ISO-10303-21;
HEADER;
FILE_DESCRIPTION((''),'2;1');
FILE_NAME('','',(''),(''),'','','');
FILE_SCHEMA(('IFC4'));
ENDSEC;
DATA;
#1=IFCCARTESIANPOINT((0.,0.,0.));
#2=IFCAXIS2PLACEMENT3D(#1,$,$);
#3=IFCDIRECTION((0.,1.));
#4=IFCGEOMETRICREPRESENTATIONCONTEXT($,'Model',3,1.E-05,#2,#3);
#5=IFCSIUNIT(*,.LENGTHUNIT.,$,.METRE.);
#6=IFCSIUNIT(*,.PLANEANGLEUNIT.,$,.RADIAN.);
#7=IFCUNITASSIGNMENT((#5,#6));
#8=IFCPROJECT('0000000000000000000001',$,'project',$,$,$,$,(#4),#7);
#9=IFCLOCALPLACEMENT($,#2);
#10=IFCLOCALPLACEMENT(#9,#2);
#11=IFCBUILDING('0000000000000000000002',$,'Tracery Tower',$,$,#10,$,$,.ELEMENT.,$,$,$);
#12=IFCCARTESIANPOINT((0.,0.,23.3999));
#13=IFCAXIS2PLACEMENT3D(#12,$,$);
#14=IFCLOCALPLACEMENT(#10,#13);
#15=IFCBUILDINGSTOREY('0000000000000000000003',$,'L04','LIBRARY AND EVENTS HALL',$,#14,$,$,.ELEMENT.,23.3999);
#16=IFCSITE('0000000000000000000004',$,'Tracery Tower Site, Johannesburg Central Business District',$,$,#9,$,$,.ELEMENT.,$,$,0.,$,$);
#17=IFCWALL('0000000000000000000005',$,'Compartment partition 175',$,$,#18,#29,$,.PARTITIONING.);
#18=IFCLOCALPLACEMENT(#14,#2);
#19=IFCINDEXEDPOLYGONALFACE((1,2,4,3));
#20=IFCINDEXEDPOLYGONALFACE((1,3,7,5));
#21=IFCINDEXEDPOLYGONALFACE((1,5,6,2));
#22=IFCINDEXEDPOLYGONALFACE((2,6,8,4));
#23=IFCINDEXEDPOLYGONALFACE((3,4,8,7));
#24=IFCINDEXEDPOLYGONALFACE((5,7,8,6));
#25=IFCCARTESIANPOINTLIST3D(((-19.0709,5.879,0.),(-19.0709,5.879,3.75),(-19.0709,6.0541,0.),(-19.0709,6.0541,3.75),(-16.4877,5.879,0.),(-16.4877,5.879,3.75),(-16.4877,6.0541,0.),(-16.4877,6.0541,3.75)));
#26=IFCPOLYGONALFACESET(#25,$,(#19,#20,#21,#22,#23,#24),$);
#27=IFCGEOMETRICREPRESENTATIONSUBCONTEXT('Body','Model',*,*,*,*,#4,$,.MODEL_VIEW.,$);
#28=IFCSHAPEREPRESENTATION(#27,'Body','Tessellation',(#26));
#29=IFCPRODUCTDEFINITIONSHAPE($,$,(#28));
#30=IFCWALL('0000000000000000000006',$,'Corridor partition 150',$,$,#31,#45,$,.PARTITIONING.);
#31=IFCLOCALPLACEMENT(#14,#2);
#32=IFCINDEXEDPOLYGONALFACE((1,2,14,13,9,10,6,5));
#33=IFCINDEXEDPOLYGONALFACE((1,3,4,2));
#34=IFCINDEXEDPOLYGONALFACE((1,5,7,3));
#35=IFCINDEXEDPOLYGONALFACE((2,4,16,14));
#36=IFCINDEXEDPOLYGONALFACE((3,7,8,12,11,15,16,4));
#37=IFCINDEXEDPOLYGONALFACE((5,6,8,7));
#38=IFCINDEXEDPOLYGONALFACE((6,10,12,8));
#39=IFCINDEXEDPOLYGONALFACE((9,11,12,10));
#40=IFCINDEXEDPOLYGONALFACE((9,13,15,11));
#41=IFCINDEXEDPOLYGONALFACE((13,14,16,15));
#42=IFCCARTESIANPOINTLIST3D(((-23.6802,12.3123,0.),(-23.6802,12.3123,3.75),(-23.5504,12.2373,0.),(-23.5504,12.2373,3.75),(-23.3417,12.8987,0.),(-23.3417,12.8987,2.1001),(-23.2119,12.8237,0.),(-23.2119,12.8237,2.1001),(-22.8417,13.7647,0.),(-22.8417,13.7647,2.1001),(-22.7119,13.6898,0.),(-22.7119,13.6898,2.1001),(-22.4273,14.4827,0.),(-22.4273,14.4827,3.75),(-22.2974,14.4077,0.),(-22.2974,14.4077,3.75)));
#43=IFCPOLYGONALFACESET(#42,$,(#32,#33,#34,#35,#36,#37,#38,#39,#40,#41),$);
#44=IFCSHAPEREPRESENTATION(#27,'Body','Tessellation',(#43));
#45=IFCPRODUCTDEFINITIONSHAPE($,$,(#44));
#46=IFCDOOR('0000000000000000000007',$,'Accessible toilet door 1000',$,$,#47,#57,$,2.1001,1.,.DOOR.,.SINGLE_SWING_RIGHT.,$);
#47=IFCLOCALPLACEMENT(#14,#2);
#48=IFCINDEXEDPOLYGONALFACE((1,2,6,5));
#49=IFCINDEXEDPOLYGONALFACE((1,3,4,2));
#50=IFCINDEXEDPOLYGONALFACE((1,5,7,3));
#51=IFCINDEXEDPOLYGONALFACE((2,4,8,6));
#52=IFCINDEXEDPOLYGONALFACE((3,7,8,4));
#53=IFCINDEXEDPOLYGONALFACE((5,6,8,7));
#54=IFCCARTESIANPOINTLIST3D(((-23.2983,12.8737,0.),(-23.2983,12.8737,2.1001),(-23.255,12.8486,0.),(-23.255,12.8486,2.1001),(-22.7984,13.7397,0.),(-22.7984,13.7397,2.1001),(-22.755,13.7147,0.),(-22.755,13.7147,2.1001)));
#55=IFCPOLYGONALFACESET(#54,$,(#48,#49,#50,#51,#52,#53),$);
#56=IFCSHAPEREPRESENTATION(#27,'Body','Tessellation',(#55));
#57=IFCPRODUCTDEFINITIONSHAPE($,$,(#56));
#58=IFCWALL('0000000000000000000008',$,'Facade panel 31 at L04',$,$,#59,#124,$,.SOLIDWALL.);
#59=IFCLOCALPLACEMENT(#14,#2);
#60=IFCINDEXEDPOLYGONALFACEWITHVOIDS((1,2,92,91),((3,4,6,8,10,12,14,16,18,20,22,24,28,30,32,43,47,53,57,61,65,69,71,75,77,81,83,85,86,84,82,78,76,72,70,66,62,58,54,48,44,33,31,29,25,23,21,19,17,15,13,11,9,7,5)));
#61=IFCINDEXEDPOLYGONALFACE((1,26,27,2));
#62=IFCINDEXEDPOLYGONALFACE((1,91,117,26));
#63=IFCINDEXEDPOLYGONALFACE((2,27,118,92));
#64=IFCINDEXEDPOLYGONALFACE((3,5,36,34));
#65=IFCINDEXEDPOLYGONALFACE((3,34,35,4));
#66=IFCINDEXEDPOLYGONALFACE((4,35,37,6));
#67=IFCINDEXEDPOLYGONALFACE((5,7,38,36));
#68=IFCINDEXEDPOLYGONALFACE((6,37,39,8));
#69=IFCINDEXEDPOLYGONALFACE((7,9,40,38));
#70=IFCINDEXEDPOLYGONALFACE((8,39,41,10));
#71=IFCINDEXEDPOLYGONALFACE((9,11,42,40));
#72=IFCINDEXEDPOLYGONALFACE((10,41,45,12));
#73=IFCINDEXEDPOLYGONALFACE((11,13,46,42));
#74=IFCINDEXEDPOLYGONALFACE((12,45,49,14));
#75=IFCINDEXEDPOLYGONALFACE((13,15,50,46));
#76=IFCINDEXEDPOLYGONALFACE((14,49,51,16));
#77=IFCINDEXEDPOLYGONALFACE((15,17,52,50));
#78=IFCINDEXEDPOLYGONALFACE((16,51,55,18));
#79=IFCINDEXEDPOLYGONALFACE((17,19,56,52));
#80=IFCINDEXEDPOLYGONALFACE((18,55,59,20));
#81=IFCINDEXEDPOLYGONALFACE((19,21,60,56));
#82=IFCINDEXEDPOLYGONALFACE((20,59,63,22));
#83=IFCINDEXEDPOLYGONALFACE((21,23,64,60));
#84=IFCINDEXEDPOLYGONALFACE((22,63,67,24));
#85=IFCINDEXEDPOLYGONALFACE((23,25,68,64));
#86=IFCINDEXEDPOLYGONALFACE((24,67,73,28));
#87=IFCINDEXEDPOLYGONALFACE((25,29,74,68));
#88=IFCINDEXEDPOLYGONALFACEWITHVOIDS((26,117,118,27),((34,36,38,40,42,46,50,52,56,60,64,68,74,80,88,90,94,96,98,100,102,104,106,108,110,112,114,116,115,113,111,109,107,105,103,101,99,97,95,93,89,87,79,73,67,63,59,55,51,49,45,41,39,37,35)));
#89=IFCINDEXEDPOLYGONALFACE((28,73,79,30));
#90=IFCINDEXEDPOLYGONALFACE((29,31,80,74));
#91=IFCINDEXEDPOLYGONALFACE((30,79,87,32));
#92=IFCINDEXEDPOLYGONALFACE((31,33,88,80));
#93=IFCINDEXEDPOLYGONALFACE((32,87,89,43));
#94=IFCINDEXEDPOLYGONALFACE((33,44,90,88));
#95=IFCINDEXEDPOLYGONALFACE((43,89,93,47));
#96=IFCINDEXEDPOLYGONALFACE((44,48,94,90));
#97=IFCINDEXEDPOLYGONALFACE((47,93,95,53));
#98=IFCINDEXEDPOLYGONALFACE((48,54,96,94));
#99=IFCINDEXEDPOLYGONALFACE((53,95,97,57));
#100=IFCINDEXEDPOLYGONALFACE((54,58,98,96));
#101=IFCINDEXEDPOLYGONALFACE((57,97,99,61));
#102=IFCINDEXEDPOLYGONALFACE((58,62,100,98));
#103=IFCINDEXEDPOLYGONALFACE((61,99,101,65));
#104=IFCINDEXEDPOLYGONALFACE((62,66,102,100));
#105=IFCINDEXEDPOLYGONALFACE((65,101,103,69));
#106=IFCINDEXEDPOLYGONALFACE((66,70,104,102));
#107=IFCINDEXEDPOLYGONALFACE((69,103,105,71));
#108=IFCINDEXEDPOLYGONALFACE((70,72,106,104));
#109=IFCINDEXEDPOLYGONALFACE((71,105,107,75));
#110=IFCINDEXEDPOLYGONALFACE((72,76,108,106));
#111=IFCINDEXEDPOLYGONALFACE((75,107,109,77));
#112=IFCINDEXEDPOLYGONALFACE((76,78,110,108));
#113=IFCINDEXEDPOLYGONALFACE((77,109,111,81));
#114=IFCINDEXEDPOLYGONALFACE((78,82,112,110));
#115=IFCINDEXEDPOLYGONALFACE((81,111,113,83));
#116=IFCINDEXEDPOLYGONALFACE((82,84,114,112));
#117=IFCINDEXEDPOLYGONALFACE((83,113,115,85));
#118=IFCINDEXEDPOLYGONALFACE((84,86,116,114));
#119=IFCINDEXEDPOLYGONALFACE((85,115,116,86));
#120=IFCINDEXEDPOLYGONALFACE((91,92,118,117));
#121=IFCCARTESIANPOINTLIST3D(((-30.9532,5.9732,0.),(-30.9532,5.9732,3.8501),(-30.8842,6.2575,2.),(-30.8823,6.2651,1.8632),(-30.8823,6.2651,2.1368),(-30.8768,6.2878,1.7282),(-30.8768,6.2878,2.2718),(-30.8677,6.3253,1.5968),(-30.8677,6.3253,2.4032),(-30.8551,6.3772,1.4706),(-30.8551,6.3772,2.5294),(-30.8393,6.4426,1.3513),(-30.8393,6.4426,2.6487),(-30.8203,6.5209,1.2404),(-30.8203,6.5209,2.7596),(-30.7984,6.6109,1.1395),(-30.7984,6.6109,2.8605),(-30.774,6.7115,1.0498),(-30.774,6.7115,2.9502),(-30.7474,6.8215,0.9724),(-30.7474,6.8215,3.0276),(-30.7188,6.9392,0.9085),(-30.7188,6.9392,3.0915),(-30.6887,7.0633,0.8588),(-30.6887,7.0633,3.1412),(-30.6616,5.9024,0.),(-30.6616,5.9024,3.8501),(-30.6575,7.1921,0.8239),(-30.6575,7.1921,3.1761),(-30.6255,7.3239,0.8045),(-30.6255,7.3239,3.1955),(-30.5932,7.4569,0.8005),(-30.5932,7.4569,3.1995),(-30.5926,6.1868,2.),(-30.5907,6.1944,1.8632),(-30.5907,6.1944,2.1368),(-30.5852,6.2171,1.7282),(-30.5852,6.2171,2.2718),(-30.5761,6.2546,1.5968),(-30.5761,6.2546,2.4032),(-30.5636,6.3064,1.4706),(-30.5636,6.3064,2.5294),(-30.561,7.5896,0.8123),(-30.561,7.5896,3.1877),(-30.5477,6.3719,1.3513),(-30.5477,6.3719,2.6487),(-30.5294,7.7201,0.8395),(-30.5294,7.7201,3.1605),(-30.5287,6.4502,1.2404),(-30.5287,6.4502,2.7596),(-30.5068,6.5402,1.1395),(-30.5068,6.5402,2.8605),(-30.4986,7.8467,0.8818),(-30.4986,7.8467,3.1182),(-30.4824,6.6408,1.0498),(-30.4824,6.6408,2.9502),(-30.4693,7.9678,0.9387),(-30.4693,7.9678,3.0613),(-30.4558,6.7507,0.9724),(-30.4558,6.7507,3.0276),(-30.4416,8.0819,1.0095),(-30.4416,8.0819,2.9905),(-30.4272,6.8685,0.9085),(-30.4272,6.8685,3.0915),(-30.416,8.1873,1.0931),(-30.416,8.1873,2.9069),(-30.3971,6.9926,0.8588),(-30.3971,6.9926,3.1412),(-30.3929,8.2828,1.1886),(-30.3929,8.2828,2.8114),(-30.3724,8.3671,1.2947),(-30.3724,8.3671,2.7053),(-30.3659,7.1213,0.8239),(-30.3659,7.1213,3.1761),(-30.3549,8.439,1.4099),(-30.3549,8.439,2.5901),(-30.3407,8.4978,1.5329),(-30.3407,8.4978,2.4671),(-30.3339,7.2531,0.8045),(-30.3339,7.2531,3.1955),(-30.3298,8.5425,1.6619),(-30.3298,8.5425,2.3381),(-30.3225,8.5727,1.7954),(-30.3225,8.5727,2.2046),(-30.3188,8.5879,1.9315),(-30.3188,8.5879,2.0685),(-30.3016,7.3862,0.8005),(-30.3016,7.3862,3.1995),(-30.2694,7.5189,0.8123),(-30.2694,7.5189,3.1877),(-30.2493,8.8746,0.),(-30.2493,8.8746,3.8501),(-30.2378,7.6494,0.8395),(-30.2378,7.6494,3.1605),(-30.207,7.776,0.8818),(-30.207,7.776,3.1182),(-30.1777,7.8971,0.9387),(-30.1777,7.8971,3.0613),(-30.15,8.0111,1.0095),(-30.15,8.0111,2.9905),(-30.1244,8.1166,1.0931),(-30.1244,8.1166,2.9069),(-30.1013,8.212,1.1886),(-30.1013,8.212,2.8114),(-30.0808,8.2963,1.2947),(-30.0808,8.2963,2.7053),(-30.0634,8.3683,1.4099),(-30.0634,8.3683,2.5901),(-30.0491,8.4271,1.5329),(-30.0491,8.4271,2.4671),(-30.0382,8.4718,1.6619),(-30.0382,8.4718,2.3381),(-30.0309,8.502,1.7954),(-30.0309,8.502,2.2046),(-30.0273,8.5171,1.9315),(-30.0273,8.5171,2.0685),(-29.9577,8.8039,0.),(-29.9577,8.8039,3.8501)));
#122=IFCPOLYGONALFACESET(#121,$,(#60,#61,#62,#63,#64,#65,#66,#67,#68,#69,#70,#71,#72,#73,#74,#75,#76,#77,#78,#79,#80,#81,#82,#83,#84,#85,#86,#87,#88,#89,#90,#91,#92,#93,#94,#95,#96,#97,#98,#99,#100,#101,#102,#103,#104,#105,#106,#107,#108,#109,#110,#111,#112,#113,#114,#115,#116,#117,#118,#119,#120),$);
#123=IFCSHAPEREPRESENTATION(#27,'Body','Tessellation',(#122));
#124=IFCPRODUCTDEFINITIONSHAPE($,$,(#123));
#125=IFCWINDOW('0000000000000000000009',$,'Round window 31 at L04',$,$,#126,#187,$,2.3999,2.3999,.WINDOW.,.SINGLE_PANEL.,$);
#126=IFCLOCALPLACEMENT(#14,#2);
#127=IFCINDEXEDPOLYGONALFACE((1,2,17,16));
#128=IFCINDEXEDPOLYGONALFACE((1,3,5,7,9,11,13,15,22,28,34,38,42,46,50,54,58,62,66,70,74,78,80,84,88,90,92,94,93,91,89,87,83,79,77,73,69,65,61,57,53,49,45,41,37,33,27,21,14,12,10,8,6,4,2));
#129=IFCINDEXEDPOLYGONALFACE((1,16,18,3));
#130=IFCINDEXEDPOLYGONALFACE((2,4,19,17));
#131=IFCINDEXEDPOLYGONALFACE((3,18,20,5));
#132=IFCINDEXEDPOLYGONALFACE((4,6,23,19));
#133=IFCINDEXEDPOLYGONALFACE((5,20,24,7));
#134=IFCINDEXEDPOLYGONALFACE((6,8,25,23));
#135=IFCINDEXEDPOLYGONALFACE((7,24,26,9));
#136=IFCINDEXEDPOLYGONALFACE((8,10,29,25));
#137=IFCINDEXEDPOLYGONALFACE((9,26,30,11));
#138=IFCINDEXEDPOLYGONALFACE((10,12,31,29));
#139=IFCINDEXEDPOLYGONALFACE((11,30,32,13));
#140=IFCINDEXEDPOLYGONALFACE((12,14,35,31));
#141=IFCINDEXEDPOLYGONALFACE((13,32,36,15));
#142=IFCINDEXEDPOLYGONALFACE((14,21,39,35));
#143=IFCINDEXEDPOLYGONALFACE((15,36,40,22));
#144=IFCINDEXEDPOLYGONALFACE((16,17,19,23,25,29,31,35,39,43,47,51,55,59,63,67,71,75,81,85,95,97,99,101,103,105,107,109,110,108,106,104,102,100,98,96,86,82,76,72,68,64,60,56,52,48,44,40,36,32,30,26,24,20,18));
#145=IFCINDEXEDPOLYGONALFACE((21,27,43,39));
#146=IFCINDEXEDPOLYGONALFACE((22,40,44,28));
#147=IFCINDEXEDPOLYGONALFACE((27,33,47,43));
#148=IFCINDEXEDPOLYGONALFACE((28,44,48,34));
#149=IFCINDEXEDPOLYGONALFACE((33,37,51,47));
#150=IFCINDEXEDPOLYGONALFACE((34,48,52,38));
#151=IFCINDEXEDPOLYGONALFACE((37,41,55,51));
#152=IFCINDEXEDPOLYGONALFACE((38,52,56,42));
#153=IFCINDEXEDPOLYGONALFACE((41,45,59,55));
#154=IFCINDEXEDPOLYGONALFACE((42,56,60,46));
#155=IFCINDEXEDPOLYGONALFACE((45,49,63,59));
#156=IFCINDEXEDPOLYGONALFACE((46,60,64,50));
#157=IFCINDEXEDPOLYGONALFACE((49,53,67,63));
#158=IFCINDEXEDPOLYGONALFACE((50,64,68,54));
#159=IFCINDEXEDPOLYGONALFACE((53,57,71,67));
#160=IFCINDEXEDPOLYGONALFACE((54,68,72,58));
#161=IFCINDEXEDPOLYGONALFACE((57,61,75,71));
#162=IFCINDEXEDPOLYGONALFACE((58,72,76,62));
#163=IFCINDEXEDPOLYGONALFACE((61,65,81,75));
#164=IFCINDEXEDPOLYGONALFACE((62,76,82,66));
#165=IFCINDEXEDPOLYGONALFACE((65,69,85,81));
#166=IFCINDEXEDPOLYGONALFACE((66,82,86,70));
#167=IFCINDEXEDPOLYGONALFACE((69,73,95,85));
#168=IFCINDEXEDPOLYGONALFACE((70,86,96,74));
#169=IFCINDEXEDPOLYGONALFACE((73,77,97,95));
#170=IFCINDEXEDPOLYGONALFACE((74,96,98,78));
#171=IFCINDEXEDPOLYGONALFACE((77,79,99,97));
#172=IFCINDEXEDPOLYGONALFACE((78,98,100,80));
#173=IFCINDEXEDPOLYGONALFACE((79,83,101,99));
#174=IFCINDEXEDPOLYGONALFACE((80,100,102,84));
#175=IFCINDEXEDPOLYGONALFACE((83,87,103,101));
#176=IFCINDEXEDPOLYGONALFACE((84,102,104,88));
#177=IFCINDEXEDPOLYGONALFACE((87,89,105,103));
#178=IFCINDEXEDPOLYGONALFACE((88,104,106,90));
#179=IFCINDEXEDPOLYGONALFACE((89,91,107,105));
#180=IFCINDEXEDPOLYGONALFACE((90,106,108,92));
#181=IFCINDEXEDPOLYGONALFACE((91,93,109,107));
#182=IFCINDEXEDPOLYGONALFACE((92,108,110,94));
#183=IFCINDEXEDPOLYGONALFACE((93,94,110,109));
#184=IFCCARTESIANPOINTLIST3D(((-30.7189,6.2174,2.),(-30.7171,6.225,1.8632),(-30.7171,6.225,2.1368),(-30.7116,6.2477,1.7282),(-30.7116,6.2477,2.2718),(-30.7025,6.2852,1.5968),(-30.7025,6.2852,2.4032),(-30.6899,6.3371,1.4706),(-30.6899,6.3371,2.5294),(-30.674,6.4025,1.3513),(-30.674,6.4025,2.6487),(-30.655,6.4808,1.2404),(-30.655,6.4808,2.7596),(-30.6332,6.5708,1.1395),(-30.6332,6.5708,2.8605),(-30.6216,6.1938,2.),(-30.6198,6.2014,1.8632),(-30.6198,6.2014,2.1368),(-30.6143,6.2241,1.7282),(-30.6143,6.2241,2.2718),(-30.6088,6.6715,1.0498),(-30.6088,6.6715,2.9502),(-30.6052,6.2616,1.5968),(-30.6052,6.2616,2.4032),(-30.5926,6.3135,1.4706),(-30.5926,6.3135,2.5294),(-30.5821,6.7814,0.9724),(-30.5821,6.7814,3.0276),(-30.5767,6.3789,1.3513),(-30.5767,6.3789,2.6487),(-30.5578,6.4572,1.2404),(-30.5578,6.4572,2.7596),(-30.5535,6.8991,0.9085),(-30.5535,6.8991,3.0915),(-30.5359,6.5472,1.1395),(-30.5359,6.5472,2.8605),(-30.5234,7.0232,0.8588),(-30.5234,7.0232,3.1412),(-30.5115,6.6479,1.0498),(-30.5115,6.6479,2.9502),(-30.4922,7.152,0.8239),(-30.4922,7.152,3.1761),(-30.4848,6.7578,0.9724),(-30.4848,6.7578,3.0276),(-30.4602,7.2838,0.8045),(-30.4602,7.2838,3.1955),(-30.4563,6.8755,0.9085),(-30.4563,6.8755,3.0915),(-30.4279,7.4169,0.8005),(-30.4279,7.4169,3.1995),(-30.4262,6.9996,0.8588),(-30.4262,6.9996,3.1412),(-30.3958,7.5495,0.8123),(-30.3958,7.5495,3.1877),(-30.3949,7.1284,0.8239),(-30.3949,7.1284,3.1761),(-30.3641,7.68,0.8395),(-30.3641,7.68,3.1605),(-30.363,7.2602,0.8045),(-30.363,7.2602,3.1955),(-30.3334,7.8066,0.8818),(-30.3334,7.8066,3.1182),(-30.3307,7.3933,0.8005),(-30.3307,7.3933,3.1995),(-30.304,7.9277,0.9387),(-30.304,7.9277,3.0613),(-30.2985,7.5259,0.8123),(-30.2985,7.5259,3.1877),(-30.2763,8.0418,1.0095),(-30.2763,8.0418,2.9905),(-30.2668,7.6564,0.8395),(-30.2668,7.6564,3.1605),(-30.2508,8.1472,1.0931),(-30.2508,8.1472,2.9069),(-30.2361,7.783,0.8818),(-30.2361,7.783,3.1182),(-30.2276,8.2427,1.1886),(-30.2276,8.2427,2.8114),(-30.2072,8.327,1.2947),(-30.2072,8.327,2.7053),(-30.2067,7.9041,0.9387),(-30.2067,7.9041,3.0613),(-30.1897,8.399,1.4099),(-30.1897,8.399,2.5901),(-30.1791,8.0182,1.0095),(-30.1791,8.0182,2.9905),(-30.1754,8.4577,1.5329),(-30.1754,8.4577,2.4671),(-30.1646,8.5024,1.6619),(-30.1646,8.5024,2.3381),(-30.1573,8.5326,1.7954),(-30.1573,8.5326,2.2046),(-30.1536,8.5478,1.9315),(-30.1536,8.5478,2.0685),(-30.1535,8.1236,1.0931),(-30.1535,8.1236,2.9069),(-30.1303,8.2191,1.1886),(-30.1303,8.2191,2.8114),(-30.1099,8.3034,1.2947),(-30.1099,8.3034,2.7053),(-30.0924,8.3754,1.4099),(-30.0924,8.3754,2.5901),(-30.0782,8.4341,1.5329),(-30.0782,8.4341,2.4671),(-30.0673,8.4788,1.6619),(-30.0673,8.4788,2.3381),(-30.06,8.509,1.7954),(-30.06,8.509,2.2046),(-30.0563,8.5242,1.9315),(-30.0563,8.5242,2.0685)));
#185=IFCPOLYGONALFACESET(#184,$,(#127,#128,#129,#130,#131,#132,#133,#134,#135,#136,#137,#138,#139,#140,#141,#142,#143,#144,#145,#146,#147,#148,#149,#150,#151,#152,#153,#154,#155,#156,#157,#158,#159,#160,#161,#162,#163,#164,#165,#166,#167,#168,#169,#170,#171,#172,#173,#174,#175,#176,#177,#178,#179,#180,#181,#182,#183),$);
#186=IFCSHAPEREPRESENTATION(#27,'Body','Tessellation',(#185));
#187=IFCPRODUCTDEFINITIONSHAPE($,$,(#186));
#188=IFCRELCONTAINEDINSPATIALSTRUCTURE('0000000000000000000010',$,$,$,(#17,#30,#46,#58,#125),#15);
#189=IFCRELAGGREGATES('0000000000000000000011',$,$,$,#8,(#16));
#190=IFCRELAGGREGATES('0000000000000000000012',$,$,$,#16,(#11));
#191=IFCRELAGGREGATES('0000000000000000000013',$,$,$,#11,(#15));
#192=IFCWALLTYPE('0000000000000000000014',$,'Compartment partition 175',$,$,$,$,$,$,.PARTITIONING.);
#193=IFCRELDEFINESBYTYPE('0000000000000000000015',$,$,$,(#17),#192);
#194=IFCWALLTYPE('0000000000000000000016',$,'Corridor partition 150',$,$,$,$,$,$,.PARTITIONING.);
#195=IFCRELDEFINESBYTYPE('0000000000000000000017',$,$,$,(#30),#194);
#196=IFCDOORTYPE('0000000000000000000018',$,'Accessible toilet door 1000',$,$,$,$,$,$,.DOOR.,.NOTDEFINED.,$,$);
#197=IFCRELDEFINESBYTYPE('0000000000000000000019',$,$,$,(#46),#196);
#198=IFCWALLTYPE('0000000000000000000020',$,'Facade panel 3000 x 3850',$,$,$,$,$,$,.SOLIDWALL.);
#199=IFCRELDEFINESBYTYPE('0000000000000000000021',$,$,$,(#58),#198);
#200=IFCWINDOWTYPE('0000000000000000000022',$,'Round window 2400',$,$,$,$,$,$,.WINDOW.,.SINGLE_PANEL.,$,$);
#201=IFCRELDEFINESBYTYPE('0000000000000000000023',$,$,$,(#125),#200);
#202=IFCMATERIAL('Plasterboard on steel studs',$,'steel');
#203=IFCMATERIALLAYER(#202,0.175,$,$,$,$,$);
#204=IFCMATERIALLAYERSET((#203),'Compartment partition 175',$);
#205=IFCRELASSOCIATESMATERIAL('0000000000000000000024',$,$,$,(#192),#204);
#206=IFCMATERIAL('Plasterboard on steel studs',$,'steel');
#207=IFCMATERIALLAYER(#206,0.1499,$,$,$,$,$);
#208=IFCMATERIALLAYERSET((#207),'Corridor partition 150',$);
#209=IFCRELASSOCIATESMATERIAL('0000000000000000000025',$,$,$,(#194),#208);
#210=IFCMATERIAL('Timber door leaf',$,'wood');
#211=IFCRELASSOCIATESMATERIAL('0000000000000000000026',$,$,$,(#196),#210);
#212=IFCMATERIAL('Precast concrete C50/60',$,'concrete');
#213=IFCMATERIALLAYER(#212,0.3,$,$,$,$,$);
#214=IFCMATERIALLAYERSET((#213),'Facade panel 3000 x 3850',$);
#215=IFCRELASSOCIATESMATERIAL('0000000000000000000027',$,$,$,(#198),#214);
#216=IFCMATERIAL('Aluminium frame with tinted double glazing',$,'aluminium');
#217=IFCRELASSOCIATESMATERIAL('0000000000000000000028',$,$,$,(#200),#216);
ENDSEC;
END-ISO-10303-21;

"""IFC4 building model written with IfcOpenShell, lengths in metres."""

from ifc_helpers import new_model, si_unit, direction, frame, frame_2d, origin, origin_2d, place, context, subcontext, project, spatial, rectangle, circle, extrude, material, layer, layer_set, type_object, element, fill, save


model = new_model("IFC4")

# Units and contexts
model_context = context("Model", 3, precision=1e-05, world=origin(), true_north=direction((0.0, 1.0)))
body_context = subcontext(model_context, "Body", "Model", "MODEL_VIEW")
ifc_project = project(units=[si_unit("LENGTHUNIT", "METRE"), si_unit("PLANEANGLEUNIT", "RADIAN")], contexts=[model_context])

# Site, building, storey
site_placement = place(None, origin())
site = spatial("IfcSite", under=ifc_project, at=site_placement, Name="Tracery Tower Site, Johannesburg Central Business District", CompositionType="ELEMENT", RefElevation=0.0)
building_placement = place(site_placement, origin())
building = spatial("IfcBuilding", under=site, at=building_placement, Name="Tracery Tower", CompositionType="ELEMENT")
storey_placement = place(building_placement, frame((0.0, 0.0, 23.3999)))
storey = spatial("IfcBuildingStorey", under=building, at=storey_placement, Name="L04", Description="LIBRARY AND EVENTS HALL", CompositionType="ELEMENT", Elevation=23.3999)

# Wall
ifc_material_1 = material(Name="Plasterboard on steel studs", Category="steel")
ifc_layer_1 = layer(ifc_material_1, 0.175)
ifc_layer_set_1 = layer_set([ifc_layer_1], Name="Compartment partition 175")
wall_type_1 = type_object("IfcWallType", Name="Compartment partition 175", PredefinedType="PARTITIONING", material=ifc_layer_set_1)
wall_1_placement = place(storey_placement, frame((-19.0708, 5.9666, 0.0), z_axis=(0.0, 0.0, 1.0), x_axis=(1.0, 0.0, 0.0)))
element("IfcWall", 1, at=wall_1_placement, inside=storey, type_object=wall_type_1, Name="Compartment partition 175", PredefinedType="PARTITIONING", context=body_context, shape_type="SweptSolid", body=[
    extrude(rectangle(XDim=2.5833, YDim=0.175, at=frame_2d((1.2915, 0.0))), origin(), (0.0, 0.0, 1.0), 3.75),
])

# Wall, opening, door
ifc_material_2 = material(Name="Plasterboard on steel studs", Category="steel")
ifc_layer_2 = layer(ifc_material_2, 0.1499)
ifc_layer_set_2 = layer_set([ifc_layer_2], Name="Corridor partition 150")
wall_type_2 = type_object("IfcWallType", Name="Corridor partition 150", PredefinedType="PARTITIONING", material=ifc_layer_set_2)
wall_2_placement = place(storey_placement, frame((-23.6152, 12.2749, 0.0), z_axis=(0.0, 0.0, 1.0), x_axis=(0.499953, 0.866053, 0.0)))
wall_2 = element("IfcWall", 2, at=wall_2_placement, inside=storey, type_object=wall_type_2, Name="Corridor partition 150", PredefinedType="PARTITIONING", context=body_context, shape_type="SweptSolid", body=[
    extrude(rectangle(XDim=2.5061, YDim=0.1499, at=frame_2d((1.2529, 0.0))), origin(), (0.0, 0.0, 1.0), 3.75),
])
opening_1_placement = place(wall_2_placement, frame((0.677, 0.0, 0.0)))
opening_1 = element("IfcOpeningElement", 3, at=opening_1_placement, cuts=wall_2, PredefinedType="OPENING", context=body_context, shape_type="SweptSolid", body=[
    extrude(rectangle(XDim=1.0, YDim=2.1001, at=frame_2d((0.5, 1.05))), frame((0.0, 0.075, 0.0), z_axis=(0.0, -1.0, 0.0), x_axis=(1.0, 0.0, 0.0)), (0.0, 0.0, 1.0), 0.1499),
])
ifc_material_3 = material(Name="Timber door leaf", Category="wood")
door_type_1 = type_object("IfcDoorType", Name="Accessible toilet door 1000", OperationType="NOTDEFINED", PredefinedType="DOOR", material=ifc_material_3)
door_1_placement = place(opening_1_placement, origin())
door_1 = element("IfcDoor", 4, at=door_1_placement, inside=storey, type_object=door_type_1, Name="Accessible toilet door 1000", OperationType="SINGLE_SWING_RIGHT", OverallHeight=2.1001, OverallWidth=1.0, PredefinedType="DOOR", context=body_context, shape_type="SweptSolid", body=[
    extrude(rectangle(XDim=1.0, YDim=2.1001, at=frame_2d((0.5, 1.05))), frame((0.0, 0.0249, 0.0), z_axis=(0.0, -1.0, 0.0), x_axis=(1.0, 0.0, 0.0)), (0.0, 0.0, 1.0), 0.05),
])
fill(opening_1, door_1)

# Wall, opening, window
ifc_material_4 = material(Name="Precast concrete C50/60", Category="concrete")
ifc_layer_3 = layer(ifc_material_4, 0.3)
ifc_layer_set_3 = layer_set([ifc_layer_3], Name="Facade panel 3000 x 3850")
wall_type_3 = type_object("IfcWallType", Name="Facade panel 3000 x 3850", PredefinedType="SOLIDWALL", material=ifc_layer_set_3)
wall_3_placement = place(storey_placement, frame((-30.1035, 8.8391, 0.0), z_axis=(0.0, 0.0, 1.0), x_axis=(-0.235757, -0.971812, 0.0)))
wall_3 = element("IfcWall", 5, at=wall_3_placement, inside=storey, type_object=wall_type_3, Name="Facade panel 31 at L04", PredefinedType="SOLIDWALL", context=body_context, shape_type="SweptSolid", body=[
    extrude(rectangle(XDim=2.9856, YDim=0.3, at=frame_2d((1.4927, 0.0))), origin(), (0.0, 0.0, 1.0), 3.8501),
])
opening_2_placement = place(wall_3_placement, frame((1.4929, 0.0, 2.0)))
opening_2 = element("IfcOpeningElement", 6, at=opening_2_placement, cuts=wall_3, PredefinedType="OPENING", context=body_context, shape_type="SweptSolid", body=[
    extrude(circle(Radius=1.2, at=origin_2d()), frame((0.0, 0.1599, 0.0), z_axis=(0.0, -1.0, 0.0), x_axis=(1.0, 0.0, 0.0)), (0.0, 0.0, 1.0), 0.3201),
])
ifc_material_5 = material(Name="Aluminium frame with tinted double glazing", Category="aluminium")
window_type = type_object("IfcWindowType", Name="Round window 2400", PartitioningType="SINGLE_PANEL", PredefinedType="WINDOW", material=ifc_material_5)
window_1_placement = place(opening_2_placement, origin())
window_1 = element("IfcWindow", 7, at=window_1_placement, inside=storey, type_object=window_type, Name="Round window 31 at L04", OverallHeight=2.3999, OverallWidth=2.3999, PartitioningType="SINGLE_PANEL", PredefinedType="WINDOW", context=body_context, shape_type="SweptSolid", body=[
    extrude(circle(Radius=1.2, at=origin_2d()), frame((0.0, 0.1201, 0.0), z_axis=(0.0, -1.0, 0.0), x_axis=(1.0, 0.0, 0.0)), (0.0, 0.0, 1.0), 0.1001),
])
fill(opening_2, window_1)

save(model, "model.ifc")
